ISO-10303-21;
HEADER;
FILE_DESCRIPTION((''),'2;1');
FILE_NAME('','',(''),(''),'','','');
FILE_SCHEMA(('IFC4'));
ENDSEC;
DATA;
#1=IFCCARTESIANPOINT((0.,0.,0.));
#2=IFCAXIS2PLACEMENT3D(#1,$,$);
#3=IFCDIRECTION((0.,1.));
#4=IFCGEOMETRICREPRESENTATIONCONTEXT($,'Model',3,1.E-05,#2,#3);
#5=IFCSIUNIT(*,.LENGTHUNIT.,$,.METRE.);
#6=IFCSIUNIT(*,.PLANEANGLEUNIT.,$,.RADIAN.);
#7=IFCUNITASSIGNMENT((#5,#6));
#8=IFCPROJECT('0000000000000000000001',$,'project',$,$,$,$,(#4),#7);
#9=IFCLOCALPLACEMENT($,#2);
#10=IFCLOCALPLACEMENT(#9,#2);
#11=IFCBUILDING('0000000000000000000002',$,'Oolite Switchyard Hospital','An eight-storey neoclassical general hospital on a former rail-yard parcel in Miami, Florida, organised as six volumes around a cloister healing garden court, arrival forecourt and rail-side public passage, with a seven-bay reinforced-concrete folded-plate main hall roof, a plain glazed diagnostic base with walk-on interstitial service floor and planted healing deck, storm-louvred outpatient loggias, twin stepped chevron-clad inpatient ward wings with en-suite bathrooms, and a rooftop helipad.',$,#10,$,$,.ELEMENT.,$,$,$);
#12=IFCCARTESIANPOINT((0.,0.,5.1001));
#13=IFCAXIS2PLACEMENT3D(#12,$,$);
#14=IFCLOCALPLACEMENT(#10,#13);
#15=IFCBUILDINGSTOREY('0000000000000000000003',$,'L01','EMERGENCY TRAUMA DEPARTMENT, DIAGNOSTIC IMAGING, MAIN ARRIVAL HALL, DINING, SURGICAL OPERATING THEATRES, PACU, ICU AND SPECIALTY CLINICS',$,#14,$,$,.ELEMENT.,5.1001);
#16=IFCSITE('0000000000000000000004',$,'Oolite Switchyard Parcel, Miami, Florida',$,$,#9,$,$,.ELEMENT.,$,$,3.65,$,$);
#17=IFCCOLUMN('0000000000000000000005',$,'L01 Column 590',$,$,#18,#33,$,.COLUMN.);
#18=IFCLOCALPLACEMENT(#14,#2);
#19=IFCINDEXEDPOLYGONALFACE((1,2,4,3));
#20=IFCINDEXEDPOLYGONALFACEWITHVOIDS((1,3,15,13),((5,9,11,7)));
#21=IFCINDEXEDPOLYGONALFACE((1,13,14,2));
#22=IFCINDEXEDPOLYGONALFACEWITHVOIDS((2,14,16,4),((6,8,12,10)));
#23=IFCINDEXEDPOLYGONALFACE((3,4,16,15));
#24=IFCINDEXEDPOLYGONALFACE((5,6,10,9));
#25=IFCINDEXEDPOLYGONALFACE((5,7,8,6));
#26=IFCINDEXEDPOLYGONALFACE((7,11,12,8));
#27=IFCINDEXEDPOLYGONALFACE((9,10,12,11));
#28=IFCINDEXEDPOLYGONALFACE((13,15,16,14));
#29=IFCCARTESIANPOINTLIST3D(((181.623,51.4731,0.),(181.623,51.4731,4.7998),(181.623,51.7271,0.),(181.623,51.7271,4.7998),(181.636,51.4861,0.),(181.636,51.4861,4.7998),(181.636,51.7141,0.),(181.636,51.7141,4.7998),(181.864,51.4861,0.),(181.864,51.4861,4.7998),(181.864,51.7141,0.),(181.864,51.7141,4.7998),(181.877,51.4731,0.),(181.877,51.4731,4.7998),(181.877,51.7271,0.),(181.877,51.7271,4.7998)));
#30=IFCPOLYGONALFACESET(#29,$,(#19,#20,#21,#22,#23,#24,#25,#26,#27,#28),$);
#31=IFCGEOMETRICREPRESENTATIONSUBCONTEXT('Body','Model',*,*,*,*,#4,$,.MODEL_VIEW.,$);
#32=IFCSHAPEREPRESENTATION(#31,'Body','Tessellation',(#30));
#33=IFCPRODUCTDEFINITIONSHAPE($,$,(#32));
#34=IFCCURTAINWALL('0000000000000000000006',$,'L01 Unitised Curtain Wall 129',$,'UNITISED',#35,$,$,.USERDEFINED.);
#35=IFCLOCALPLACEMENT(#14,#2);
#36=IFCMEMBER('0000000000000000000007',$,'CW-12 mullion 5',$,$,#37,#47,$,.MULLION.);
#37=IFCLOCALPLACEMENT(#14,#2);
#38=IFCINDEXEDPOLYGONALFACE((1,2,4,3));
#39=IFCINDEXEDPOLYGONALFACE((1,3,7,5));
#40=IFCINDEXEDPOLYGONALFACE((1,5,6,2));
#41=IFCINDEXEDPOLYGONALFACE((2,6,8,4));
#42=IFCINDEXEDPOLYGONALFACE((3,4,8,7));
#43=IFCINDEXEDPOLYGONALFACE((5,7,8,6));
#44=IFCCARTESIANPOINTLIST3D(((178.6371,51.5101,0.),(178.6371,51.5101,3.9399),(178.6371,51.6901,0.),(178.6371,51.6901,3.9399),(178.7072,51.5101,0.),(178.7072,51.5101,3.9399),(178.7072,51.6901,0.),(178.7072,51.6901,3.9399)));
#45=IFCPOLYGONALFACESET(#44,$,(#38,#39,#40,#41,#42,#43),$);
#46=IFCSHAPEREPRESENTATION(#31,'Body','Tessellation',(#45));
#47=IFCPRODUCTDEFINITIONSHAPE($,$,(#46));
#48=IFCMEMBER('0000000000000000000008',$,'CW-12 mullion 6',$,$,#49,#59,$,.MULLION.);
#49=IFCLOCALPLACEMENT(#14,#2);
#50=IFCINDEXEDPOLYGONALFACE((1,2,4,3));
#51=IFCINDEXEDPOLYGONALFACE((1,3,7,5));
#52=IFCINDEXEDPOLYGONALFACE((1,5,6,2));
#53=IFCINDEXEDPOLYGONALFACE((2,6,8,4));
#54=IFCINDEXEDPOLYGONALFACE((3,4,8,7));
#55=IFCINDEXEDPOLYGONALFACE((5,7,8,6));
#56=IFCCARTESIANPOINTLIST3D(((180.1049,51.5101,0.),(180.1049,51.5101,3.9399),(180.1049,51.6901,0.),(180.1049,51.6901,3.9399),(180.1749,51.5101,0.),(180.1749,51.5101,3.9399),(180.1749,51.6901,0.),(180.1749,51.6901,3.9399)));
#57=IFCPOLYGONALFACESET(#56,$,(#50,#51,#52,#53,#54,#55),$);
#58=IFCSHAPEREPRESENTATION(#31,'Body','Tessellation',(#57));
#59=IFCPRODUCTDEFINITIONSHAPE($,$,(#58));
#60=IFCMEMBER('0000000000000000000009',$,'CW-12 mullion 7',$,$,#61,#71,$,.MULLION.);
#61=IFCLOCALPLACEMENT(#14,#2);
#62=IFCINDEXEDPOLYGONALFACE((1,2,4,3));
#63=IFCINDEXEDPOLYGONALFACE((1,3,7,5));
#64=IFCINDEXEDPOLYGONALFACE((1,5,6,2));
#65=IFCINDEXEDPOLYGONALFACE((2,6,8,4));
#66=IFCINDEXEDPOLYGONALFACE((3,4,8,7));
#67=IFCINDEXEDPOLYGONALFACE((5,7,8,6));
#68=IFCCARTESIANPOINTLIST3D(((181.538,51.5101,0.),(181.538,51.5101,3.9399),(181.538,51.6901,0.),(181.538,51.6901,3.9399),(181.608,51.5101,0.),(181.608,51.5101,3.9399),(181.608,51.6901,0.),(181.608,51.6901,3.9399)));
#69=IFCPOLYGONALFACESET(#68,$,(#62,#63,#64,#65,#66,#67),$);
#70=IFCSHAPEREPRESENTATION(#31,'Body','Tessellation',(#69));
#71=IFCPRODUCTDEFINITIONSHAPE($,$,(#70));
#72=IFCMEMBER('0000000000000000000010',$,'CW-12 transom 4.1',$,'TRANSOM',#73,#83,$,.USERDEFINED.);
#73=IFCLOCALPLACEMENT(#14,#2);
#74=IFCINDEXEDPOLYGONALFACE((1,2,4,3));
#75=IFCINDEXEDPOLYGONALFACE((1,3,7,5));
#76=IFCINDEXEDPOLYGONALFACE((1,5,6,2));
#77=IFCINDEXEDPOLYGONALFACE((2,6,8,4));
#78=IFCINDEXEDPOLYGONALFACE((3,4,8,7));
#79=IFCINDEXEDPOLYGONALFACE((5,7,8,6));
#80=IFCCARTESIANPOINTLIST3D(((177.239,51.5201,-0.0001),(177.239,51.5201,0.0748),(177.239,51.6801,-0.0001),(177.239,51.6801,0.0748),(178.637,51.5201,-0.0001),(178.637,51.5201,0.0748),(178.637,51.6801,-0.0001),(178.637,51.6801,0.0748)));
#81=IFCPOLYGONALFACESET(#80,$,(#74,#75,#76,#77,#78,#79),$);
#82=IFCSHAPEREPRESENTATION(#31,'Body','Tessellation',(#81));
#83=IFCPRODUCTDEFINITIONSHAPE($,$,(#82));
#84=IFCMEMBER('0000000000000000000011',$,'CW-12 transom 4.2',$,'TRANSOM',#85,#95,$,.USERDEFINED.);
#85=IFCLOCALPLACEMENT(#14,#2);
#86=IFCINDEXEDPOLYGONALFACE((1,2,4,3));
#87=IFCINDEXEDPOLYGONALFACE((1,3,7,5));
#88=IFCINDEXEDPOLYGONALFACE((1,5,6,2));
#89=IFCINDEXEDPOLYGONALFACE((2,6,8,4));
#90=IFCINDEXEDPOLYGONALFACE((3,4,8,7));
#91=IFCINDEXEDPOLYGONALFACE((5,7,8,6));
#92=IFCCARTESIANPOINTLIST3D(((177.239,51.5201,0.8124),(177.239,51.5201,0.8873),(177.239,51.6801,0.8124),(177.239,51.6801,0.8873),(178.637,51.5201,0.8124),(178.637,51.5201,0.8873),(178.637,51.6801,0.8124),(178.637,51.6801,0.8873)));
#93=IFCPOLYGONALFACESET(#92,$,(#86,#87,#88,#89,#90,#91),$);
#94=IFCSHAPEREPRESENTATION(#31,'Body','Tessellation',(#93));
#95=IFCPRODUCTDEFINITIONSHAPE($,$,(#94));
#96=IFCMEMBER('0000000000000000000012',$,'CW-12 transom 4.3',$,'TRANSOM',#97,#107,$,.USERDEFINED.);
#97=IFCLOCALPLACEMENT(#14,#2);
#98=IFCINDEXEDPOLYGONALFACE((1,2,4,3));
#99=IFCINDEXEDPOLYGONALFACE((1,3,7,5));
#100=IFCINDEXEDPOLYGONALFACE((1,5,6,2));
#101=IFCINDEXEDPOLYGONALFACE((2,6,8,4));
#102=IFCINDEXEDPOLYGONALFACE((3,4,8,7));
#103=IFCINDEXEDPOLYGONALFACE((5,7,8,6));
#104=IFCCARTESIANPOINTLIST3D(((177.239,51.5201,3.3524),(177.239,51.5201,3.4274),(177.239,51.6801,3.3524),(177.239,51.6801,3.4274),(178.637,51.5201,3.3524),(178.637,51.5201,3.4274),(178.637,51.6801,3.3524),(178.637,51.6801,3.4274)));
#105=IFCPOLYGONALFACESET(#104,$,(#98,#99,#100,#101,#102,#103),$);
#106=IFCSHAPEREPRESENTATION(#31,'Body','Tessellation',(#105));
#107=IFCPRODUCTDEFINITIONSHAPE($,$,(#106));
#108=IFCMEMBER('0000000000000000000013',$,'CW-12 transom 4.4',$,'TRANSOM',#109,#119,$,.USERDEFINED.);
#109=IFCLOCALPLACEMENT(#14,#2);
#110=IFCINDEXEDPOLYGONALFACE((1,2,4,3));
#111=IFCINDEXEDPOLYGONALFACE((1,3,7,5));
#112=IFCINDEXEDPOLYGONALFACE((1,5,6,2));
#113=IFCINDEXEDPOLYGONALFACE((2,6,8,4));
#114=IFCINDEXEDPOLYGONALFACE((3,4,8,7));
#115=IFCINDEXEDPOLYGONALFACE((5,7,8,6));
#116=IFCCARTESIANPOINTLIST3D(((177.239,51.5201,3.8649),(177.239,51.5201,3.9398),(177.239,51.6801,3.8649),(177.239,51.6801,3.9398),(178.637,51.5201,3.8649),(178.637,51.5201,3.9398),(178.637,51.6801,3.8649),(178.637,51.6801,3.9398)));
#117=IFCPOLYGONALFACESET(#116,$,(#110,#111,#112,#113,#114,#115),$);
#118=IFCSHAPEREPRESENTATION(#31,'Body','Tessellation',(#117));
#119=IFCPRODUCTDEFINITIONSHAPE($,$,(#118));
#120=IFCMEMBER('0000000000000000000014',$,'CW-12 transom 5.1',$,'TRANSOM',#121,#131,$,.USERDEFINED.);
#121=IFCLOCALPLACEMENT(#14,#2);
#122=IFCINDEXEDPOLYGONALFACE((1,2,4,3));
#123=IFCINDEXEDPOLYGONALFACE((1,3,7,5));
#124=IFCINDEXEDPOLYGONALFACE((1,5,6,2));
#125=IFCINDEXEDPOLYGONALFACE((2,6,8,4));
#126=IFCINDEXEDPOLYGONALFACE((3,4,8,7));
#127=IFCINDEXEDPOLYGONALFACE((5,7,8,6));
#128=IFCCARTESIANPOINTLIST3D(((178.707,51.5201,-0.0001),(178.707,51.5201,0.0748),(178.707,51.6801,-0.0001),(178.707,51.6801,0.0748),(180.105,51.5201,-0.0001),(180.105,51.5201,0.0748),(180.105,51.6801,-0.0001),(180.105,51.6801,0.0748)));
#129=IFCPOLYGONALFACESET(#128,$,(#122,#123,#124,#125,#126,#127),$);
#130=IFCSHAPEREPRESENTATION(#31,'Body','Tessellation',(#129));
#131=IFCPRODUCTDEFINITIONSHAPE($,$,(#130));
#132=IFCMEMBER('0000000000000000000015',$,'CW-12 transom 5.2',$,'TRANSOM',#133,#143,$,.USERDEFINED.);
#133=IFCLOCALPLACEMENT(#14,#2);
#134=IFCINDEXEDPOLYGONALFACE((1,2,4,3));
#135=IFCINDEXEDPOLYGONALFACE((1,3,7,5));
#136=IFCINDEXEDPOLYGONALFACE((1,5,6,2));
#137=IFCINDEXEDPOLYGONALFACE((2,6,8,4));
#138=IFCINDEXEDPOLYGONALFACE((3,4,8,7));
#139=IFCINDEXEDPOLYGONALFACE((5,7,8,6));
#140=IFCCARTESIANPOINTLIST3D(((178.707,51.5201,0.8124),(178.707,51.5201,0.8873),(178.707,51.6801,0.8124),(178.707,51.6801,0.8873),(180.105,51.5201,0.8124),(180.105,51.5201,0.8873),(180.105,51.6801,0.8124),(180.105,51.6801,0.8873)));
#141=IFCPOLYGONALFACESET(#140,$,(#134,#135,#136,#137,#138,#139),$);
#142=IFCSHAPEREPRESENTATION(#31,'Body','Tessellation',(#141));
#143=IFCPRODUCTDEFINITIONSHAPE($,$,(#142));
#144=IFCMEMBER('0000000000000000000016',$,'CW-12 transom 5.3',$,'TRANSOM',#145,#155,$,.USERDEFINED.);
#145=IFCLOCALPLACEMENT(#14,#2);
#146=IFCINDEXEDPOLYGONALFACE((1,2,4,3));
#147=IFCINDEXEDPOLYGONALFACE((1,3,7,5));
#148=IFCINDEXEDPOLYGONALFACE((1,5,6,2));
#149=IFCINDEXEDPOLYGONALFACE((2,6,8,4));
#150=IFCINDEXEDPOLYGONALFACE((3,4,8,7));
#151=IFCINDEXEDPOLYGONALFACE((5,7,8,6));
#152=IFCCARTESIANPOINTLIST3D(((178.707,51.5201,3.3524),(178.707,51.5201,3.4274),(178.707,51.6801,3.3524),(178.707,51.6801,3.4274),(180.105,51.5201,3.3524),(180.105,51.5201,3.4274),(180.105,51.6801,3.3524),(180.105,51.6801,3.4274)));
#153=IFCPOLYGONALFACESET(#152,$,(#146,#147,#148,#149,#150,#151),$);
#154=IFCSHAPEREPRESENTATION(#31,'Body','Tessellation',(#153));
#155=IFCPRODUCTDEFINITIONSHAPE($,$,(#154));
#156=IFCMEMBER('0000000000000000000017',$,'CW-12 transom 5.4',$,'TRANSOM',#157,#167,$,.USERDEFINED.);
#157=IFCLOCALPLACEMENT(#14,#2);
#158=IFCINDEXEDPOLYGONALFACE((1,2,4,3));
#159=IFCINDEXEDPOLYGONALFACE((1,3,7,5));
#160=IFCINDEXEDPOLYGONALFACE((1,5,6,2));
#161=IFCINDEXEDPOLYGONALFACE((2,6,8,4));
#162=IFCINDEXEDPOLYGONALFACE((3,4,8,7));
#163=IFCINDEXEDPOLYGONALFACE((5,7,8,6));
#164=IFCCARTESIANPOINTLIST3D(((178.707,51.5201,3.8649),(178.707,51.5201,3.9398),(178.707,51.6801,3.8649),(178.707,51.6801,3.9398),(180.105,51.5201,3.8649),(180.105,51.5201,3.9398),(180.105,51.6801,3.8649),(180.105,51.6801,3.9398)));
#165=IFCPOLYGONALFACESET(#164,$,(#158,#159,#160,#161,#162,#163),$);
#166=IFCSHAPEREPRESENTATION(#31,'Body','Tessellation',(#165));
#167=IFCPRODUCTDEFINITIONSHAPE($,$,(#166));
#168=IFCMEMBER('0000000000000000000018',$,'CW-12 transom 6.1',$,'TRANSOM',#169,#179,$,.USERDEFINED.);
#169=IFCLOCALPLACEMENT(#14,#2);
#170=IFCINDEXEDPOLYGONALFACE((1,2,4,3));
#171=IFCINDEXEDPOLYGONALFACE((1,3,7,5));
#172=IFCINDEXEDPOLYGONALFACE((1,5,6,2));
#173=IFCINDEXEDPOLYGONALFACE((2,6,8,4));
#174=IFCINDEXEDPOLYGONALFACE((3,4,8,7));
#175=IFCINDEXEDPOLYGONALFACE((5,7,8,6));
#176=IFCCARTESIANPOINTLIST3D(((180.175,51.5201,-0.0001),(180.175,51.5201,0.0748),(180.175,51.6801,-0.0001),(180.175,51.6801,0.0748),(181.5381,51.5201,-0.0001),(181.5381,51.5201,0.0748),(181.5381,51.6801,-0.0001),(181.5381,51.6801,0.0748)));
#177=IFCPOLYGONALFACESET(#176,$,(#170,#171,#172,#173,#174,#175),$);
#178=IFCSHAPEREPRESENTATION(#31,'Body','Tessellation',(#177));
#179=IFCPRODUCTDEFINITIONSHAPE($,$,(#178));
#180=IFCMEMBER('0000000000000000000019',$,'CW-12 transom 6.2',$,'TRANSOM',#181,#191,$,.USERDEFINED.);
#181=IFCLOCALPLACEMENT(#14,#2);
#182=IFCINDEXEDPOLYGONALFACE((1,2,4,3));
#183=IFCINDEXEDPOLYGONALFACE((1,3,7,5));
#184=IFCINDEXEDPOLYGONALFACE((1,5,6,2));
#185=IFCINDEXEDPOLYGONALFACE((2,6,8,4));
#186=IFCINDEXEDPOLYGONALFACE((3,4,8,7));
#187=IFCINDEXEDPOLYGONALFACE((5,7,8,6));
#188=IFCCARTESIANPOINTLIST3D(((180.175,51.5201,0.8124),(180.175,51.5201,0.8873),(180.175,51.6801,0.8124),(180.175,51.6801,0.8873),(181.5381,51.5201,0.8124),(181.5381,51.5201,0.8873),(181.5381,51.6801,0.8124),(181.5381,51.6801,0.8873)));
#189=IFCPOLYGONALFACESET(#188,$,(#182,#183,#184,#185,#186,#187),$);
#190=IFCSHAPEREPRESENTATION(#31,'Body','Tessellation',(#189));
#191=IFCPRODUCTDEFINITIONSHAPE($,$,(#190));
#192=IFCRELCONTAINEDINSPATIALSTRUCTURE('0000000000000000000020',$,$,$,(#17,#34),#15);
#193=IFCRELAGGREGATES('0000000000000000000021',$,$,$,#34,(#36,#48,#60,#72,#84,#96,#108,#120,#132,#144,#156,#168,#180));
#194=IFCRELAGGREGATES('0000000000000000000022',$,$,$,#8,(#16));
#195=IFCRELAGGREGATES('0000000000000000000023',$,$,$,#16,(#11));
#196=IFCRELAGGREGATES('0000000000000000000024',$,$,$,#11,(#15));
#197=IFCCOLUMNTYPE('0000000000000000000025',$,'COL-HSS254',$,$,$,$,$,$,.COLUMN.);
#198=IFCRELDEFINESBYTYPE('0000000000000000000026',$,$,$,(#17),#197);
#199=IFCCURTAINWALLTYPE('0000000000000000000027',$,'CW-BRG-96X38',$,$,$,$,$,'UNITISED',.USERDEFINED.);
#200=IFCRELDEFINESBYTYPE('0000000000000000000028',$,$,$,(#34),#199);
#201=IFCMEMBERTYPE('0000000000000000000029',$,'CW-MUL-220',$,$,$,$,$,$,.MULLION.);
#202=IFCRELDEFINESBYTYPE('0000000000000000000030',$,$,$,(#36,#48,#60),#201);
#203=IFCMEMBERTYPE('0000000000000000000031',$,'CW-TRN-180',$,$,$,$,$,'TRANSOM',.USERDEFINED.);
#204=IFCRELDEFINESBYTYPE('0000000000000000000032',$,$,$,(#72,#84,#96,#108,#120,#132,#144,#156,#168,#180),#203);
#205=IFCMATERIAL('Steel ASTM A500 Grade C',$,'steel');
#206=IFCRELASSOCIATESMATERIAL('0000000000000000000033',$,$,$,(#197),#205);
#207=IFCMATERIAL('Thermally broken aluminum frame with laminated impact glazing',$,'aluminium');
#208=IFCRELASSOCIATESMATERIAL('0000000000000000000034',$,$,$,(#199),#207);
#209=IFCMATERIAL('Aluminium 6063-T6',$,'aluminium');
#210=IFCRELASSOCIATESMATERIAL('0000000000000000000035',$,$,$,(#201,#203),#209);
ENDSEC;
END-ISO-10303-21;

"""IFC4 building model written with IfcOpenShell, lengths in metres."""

from ifc_helpers import new_model, si_unit, direction, frame, origin, origin_2d, place, context, subcontext, project, spatial, rectangle, hollow_rectangle, extrude, material, material_profile, profile_set, type_object, element, aggregate, save


model = new_model("IFC4")

# Units and contexts
model_context = context("Model", 3, precision=1e-05, world=origin(), true_north=direction((0.0, 1.0)))
body_context = subcontext(model_context, "Body", "Model", "MODEL_VIEW")
ifc_project = project(units=[si_unit("LENGTHUNIT", "METRE"), si_unit("PLANEANGLEUNIT", "RADIAN")], contexts=[model_context])

# Site, building, storey
site_placement = place(None, origin())
site = spatial("IfcSite", under=ifc_project, at=site_placement, Name="Oolite Switchyard Parcel, Miami, Florida", CompositionType="ELEMENT", RefElevation=3.65)
building_placement = place(site_placement, origin())
building = spatial("IfcBuilding", under=site, at=building_placement, Name="Oolite Switchyard Hospital", Description="An eight-storey neoclassical general hospital on a former rail-yard parcel in Miami, Florida, organised as six volumes around a cloister healing garden court, arrival forecourt and rail-side public passage, with a seven-bay reinforced-concrete folded-plate main hall roof, a plain glazed diagnostic base with walk-on interstitial service floor and planted healing deck, storm-louvred outpatient loggias, twin stepped chevron-clad inpatient ward wings with en-suite bathrooms, and a rooftop helipad.", CompositionType="ELEMENT")
storey_placement = place(building_placement, frame((0.0, 0.0, 5.1001)))
storey = spatial("IfcBuildingStorey", under=building, at=storey_placement, Name="L01", Description="EMERGENCY TRAUMA DEPARTMENT, DIAGNOSTIC IMAGING, MAIN ARRIVAL HALL, DINING, SURGICAL OPERATING THEATRES, PACU, ICU AND SPECIALTY CLINICS", CompositionType="ELEMENT", Elevation=5.1001)

# Column
ifc_material_1 = material(Name="Steel ASTM A500 Grade C", Category="steel")
ifc_material_profile_1 = material_profile(ifc_material_1, hollow_rectangle(XDim=0.2539, YDim=0.2539, WallThickness=0.0129, at=origin_2d()), Name="HSS254X254X13")
ifc_profile_set_1 = profile_set([ifc_material_profile_1], Name="Steel ASTM A500 Grade C")
column_type = type_object("IfcColumnType", Name="COL-HSS254", PredefinedType="COLUMN", material=ifc_profile_set_1)
column_placement = place(storey_placement, frame((181.75, 51.6001, 0.0), z_axis=(0.0, 0.0, 1.0), x_axis=(1.0, 0.0, 0.0)))
element("IfcColumn", 1, at=column_placement, inside=storey, type_object=column_type, Name="L01 Column 590", PredefinedType="COLUMN", context=body_context, shape_type="SweptSolid", body=[
    extrude(hollow_rectangle(XDim=0.2539, YDim=0.2539, WallThickness=0.0129, at=origin_2d()), origin(), (0.0, 0.0, 1.0), 4.7998),
])

# Curtain wall, members
ifc_material_2 = material(Name="Thermally broken aluminum frame with laminated impact glazing", Category="aluminium")
curtain_wall_type = type_object("IfcCurtainWallType", Name="CW-BRG-96X38", ElementType="UNITISED", PredefinedType="USERDEFINED", material=ifc_material_2)
curtain_wall_placement = place(storey_placement, origin())
curtain_wall = element("IfcCurtainWall", 2, at=curtain_wall_placement, inside=storey, type_object=curtain_wall_type, Name="L01 Unitised Curtain Wall 129", ObjectType="UNITISED", PredefinedType="USERDEFINED")
ifc_material_3 = material(Name="Aluminium 6063-T6", Category="aluminium")
ifc_material_profile_2 = material_profile(ifc_material_3, rectangle(XDim=0.1799, YDim=0.0701, at=origin_2d()), Name="CWM70X180")
ifc_profile_set_2 = profile_set([ifc_material_profile_2], Name="Aluminium 6063-T6")
member_type_1 = type_object("IfcMemberType", Name="CW-MUL-220", PredefinedType="MULLION", material=ifc_profile_set_2)
member_1_placement = place(storey_placement, frame((178.6721, 51.6001, 0.0), z_axis=(0.0, 0.0, 1.0), x_axis=(0.0, 1.0, 0.0)))
member_1 = element("IfcMember", 3, at=member_1_placement, type_object=member_type_1, Name="CW-12 mullion 5", PredefinedType="MULLION", context=body_context, shape_type="SweptSolid", body=[
    extrude(rectangle(XDim=0.1799, YDim=0.0701, at=origin_2d()), origin(), (0.0, 0.0, 1.0), 3.9399),
])
member_2_placement = place(storey_placement, frame((180.1399, 51.6001, 0.0), z_axis=(0.0, 0.0, 1.0), x_axis=(0.0, 1.0, 0.0)))
member_2 = element("IfcMember", 4, at=member_2_placement, type_object=member_type_1, Name="CW-12 mullion 6", PredefinedType="MULLION", context=body_context, shape_type="SweptSolid", body=[
    extrude(rectangle(XDim=0.1799, YDim=0.0701, at=origin_2d()), origin(), (0.0, 0.0, 1.0), 3.9399),
])
member_3_placement = place(storey_placement, frame((181.573, 51.6001, 0.0), z_axis=(0.0, 0.0, 1.0), x_axis=(0.0, 1.0, 0.0)))
member_3 = element("IfcMember", 5, at=member_3_placement, type_object=member_type_1, Name="CW-12 mullion 7", PredefinedType="MULLION", context=body_context, shape_type="SweptSolid", body=[
    extrude(rectangle(XDim=0.1799, YDim=0.0701, at=origin_2d()), origin(), (0.0, 0.0, 1.0), 3.9399),
])
ifc_material_profile_3 = material_profile(ifc_material_3, rectangle(XDim=0.1599, YDim=0.075, at=origin_2d()), Name="CWT75X160")
ifc_profile_set_3 = profile_set([ifc_material_profile_3], Name="Aluminium 6063-T6")
member_type_2 = type_object("IfcMemberType", Name="CW-TRN-180", ElementType="TRANSOM", PredefinedType="USERDEFINED", material=ifc_profile_set_3)
member_4_placement = place(storey_placement, frame((177.239, 51.6001, 0.0374), z_axis=(1.0, 0.0, 0.0), x_axis=(0.0, 1.0, 0.0)))
member_4 = element("IfcMember", 6, at=member_4_placement, type_object=member_type_2, Name="CW-12 transom 4.1", ObjectType="TRANSOM", PredefinedType="USERDEFINED", context=body_context, shape_type="SweptSolid", body=[
    extrude(rectangle(XDim=0.1599, YDim=0.075, at=origin_2d()), origin(), (0.0, 0.0, 1.0), 1.3979),
])
member_5_placement = place(storey_placement, frame((177.239, 51.6001, 0.8499), z_axis=(1.0, 0.0, 0.0), x_axis=(0.0, 1.0, 0.0)))
member_5 = element("IfcMember", 7, at=member_5_placement, type_object=member_type_2, Name="CW-12 transom 4.2", ObjectType="TRANSOM", PredefinedType="USERDEFINED", context=body_context, shape_type="SweptSolid", body=[
    extrude(rectangle(XDim=0.1599, YDim=0.075, at=origin_2d()), origin(), (0.0, 0.0, 1.0), 1.3979),
])
member_6_placement = place(storey_placement, frame((177.239, 51.6001, 3.3899), z_axis=(1.0, 0.0, 0.0), x_axis=(0.0, 1.0, 0.0)))
member_6 = element("IfcMember", 8, at=member_6_placement, type_object=member_type_2, Name="CW-12 transom 4.3", ObjectType="TRANSOM", PredefinedType="USERDEFINED", context=body_context, shape_type="SweptSolid", body=[
    extrude(rectangle(XDim=0.1599, YDim=0.075, at=origin_2d()), origin(), (0.0, 0.0, 1.0), 1.3979),
])
member_7_placement = place(storey_placement, frame((177.239, 51.6001, 3.9023), z_axis=(1.0, 0.0, 0.0), x_axis=(0.0, 1.0, 0.0)))
member_7 = element("IfcMember", 9, at=member_7_placement, type_object=member_type_2, Name="CW-12 transom 4.4", ObjectType="TRANSOM", PredefinedType="USERDEFINED", context=body_context, shape_type="SweptSolid", body=[
    extrude(rectangle(XDim=0.1599, YDim=0.075, at=origin_2d()), origin(), (0.0, 0.0, 1.0), 1.3979),
])
member_8_placement = place(storey_placement, frame((178.707, 51.6001, 0.0374), z_axis=(1.0, 0.0, 0.0), x_axis=(0.0, 1.0, 0.0)))
member_8 = element("IfcMember", 10, at=member_8_placement, type_object=member_type_2, Name="CW-12 transom 5.1", ObjectType="TRANSOM", PredefinedType="USERDEFINED", context=body_context, shape_type="SweptSolid", body=[
    extrude(rectangle(XDim=0.1599, YDim=0.075, at=origin_2d()), origin(), (0.0, 0.0, 1.0), 1.3979),
])
member_9_placement = place(storey_placement, frame((178.707, 51.6001, 0.8499), z_axis=(1.0, 0.0, 0.0), x_axis=(0.0, 1.0, 0.0)))
member_9 = element("IfcMember", 11, at=member_9_placement, type_object=member_type_2, Name="CW-12 transom 5.2", ObjectType="TRANSOM", PredefinedType="USERDEFINED", context=body_context, shape_type="SweptSolid", body=[
    extrude(rectangle(XDim=0.1599, YDim=0.075, at=origin_2d()), origin(), (0.0, 0.0, 1.0), 1.3979),
])
member_10_placement = place(storey_placement, frame((178.707, 51.6001, 3.3899), z_axis=(1.0, 0.0, 0.0), x_axis=(0.0, 1.0, 0.0)))
member_10 = element("IfcMember", 12, at=member_10_placement, type_object=member_type_2, Name="CW-12 transom 5.3", ObjectType="TRANSOM", PredefinedType="USERDEFINED", context=body_context, shape_type="SweptSolid", body=[
    extrude(rectangle(XDim=0.1599, YDim=0.075, at=origin_2d()), origin(), (0.0, 0.0, 1.0), 1.3979),
])
member_11_placement = place(storey_placement, frame((178.707, 51.6001, 3.9023), z_axis=(1.0, 0.0, 0.0), x_axis=(0.0, 1.0, 0.0)))
member_11 = element("IfcMember", 13, at=member_11_placement, type_object=member_type_2, Name="CW-12 transom 5.4", ObjectType="TRANSOM", PredefinedType="USERDEFINED", context=body_context, shape_type="SweptSolid", body=[
    extrude(rectangle(XDim=0.1599, YDim=0.075, at=origin_2d()), origin(), (0.0, 0.0, 1.0), 1.3979),
])
member_12_placement = place(storey_placement, frame((180.175, 51.6001, 0.0374), z_axis=(1.0, 0.0, 0.0), x_axis=(0.0, 1.0, 0.0)))
member_12 = element("IfcMember", 14, at=member_12_placement, type_object=member_type_2, Name="CW-12 transom 6.1", ObjectType="TRANSOM", PredefinedType="USERDEFINED", context=body_context, shape_type="SweptSolid", body=[
    extrude(rectangle(XDim=0.1599, YDim=0.075, at=origin_2d()), origin(), (0.0, 0.0, 1.0), 1.363),
])
member_13_placement = place(storey_placement, frame((180.175, 51.6001, 0.8499), z_axis=(1.0, 0.0, 0.0), x_axis=(0.0, 1.0, 0.0)))
member_13 = element("IfcMember", 15, at=member_13_placement, type_object=member_type_2, Name="CW-12 transom 6.2", ObjectType="TRANSOM", PredefinedType="USERDEFINED", context=body_context, shape_type="SweptSolid", body=[
    extrude(rectangle(XDim=0.1599, YDim=0.075, at=origin_2d()), origin(), (0.0, 0.0, 1.0), 1.363),
])
aggregate(curtain_wall, [member_1, member_2, member_3, member_4, member_5, member_6, member_7, member_8, member_9, member_10, member_11, member_12, member_13])

save(model, "model.ifc")
